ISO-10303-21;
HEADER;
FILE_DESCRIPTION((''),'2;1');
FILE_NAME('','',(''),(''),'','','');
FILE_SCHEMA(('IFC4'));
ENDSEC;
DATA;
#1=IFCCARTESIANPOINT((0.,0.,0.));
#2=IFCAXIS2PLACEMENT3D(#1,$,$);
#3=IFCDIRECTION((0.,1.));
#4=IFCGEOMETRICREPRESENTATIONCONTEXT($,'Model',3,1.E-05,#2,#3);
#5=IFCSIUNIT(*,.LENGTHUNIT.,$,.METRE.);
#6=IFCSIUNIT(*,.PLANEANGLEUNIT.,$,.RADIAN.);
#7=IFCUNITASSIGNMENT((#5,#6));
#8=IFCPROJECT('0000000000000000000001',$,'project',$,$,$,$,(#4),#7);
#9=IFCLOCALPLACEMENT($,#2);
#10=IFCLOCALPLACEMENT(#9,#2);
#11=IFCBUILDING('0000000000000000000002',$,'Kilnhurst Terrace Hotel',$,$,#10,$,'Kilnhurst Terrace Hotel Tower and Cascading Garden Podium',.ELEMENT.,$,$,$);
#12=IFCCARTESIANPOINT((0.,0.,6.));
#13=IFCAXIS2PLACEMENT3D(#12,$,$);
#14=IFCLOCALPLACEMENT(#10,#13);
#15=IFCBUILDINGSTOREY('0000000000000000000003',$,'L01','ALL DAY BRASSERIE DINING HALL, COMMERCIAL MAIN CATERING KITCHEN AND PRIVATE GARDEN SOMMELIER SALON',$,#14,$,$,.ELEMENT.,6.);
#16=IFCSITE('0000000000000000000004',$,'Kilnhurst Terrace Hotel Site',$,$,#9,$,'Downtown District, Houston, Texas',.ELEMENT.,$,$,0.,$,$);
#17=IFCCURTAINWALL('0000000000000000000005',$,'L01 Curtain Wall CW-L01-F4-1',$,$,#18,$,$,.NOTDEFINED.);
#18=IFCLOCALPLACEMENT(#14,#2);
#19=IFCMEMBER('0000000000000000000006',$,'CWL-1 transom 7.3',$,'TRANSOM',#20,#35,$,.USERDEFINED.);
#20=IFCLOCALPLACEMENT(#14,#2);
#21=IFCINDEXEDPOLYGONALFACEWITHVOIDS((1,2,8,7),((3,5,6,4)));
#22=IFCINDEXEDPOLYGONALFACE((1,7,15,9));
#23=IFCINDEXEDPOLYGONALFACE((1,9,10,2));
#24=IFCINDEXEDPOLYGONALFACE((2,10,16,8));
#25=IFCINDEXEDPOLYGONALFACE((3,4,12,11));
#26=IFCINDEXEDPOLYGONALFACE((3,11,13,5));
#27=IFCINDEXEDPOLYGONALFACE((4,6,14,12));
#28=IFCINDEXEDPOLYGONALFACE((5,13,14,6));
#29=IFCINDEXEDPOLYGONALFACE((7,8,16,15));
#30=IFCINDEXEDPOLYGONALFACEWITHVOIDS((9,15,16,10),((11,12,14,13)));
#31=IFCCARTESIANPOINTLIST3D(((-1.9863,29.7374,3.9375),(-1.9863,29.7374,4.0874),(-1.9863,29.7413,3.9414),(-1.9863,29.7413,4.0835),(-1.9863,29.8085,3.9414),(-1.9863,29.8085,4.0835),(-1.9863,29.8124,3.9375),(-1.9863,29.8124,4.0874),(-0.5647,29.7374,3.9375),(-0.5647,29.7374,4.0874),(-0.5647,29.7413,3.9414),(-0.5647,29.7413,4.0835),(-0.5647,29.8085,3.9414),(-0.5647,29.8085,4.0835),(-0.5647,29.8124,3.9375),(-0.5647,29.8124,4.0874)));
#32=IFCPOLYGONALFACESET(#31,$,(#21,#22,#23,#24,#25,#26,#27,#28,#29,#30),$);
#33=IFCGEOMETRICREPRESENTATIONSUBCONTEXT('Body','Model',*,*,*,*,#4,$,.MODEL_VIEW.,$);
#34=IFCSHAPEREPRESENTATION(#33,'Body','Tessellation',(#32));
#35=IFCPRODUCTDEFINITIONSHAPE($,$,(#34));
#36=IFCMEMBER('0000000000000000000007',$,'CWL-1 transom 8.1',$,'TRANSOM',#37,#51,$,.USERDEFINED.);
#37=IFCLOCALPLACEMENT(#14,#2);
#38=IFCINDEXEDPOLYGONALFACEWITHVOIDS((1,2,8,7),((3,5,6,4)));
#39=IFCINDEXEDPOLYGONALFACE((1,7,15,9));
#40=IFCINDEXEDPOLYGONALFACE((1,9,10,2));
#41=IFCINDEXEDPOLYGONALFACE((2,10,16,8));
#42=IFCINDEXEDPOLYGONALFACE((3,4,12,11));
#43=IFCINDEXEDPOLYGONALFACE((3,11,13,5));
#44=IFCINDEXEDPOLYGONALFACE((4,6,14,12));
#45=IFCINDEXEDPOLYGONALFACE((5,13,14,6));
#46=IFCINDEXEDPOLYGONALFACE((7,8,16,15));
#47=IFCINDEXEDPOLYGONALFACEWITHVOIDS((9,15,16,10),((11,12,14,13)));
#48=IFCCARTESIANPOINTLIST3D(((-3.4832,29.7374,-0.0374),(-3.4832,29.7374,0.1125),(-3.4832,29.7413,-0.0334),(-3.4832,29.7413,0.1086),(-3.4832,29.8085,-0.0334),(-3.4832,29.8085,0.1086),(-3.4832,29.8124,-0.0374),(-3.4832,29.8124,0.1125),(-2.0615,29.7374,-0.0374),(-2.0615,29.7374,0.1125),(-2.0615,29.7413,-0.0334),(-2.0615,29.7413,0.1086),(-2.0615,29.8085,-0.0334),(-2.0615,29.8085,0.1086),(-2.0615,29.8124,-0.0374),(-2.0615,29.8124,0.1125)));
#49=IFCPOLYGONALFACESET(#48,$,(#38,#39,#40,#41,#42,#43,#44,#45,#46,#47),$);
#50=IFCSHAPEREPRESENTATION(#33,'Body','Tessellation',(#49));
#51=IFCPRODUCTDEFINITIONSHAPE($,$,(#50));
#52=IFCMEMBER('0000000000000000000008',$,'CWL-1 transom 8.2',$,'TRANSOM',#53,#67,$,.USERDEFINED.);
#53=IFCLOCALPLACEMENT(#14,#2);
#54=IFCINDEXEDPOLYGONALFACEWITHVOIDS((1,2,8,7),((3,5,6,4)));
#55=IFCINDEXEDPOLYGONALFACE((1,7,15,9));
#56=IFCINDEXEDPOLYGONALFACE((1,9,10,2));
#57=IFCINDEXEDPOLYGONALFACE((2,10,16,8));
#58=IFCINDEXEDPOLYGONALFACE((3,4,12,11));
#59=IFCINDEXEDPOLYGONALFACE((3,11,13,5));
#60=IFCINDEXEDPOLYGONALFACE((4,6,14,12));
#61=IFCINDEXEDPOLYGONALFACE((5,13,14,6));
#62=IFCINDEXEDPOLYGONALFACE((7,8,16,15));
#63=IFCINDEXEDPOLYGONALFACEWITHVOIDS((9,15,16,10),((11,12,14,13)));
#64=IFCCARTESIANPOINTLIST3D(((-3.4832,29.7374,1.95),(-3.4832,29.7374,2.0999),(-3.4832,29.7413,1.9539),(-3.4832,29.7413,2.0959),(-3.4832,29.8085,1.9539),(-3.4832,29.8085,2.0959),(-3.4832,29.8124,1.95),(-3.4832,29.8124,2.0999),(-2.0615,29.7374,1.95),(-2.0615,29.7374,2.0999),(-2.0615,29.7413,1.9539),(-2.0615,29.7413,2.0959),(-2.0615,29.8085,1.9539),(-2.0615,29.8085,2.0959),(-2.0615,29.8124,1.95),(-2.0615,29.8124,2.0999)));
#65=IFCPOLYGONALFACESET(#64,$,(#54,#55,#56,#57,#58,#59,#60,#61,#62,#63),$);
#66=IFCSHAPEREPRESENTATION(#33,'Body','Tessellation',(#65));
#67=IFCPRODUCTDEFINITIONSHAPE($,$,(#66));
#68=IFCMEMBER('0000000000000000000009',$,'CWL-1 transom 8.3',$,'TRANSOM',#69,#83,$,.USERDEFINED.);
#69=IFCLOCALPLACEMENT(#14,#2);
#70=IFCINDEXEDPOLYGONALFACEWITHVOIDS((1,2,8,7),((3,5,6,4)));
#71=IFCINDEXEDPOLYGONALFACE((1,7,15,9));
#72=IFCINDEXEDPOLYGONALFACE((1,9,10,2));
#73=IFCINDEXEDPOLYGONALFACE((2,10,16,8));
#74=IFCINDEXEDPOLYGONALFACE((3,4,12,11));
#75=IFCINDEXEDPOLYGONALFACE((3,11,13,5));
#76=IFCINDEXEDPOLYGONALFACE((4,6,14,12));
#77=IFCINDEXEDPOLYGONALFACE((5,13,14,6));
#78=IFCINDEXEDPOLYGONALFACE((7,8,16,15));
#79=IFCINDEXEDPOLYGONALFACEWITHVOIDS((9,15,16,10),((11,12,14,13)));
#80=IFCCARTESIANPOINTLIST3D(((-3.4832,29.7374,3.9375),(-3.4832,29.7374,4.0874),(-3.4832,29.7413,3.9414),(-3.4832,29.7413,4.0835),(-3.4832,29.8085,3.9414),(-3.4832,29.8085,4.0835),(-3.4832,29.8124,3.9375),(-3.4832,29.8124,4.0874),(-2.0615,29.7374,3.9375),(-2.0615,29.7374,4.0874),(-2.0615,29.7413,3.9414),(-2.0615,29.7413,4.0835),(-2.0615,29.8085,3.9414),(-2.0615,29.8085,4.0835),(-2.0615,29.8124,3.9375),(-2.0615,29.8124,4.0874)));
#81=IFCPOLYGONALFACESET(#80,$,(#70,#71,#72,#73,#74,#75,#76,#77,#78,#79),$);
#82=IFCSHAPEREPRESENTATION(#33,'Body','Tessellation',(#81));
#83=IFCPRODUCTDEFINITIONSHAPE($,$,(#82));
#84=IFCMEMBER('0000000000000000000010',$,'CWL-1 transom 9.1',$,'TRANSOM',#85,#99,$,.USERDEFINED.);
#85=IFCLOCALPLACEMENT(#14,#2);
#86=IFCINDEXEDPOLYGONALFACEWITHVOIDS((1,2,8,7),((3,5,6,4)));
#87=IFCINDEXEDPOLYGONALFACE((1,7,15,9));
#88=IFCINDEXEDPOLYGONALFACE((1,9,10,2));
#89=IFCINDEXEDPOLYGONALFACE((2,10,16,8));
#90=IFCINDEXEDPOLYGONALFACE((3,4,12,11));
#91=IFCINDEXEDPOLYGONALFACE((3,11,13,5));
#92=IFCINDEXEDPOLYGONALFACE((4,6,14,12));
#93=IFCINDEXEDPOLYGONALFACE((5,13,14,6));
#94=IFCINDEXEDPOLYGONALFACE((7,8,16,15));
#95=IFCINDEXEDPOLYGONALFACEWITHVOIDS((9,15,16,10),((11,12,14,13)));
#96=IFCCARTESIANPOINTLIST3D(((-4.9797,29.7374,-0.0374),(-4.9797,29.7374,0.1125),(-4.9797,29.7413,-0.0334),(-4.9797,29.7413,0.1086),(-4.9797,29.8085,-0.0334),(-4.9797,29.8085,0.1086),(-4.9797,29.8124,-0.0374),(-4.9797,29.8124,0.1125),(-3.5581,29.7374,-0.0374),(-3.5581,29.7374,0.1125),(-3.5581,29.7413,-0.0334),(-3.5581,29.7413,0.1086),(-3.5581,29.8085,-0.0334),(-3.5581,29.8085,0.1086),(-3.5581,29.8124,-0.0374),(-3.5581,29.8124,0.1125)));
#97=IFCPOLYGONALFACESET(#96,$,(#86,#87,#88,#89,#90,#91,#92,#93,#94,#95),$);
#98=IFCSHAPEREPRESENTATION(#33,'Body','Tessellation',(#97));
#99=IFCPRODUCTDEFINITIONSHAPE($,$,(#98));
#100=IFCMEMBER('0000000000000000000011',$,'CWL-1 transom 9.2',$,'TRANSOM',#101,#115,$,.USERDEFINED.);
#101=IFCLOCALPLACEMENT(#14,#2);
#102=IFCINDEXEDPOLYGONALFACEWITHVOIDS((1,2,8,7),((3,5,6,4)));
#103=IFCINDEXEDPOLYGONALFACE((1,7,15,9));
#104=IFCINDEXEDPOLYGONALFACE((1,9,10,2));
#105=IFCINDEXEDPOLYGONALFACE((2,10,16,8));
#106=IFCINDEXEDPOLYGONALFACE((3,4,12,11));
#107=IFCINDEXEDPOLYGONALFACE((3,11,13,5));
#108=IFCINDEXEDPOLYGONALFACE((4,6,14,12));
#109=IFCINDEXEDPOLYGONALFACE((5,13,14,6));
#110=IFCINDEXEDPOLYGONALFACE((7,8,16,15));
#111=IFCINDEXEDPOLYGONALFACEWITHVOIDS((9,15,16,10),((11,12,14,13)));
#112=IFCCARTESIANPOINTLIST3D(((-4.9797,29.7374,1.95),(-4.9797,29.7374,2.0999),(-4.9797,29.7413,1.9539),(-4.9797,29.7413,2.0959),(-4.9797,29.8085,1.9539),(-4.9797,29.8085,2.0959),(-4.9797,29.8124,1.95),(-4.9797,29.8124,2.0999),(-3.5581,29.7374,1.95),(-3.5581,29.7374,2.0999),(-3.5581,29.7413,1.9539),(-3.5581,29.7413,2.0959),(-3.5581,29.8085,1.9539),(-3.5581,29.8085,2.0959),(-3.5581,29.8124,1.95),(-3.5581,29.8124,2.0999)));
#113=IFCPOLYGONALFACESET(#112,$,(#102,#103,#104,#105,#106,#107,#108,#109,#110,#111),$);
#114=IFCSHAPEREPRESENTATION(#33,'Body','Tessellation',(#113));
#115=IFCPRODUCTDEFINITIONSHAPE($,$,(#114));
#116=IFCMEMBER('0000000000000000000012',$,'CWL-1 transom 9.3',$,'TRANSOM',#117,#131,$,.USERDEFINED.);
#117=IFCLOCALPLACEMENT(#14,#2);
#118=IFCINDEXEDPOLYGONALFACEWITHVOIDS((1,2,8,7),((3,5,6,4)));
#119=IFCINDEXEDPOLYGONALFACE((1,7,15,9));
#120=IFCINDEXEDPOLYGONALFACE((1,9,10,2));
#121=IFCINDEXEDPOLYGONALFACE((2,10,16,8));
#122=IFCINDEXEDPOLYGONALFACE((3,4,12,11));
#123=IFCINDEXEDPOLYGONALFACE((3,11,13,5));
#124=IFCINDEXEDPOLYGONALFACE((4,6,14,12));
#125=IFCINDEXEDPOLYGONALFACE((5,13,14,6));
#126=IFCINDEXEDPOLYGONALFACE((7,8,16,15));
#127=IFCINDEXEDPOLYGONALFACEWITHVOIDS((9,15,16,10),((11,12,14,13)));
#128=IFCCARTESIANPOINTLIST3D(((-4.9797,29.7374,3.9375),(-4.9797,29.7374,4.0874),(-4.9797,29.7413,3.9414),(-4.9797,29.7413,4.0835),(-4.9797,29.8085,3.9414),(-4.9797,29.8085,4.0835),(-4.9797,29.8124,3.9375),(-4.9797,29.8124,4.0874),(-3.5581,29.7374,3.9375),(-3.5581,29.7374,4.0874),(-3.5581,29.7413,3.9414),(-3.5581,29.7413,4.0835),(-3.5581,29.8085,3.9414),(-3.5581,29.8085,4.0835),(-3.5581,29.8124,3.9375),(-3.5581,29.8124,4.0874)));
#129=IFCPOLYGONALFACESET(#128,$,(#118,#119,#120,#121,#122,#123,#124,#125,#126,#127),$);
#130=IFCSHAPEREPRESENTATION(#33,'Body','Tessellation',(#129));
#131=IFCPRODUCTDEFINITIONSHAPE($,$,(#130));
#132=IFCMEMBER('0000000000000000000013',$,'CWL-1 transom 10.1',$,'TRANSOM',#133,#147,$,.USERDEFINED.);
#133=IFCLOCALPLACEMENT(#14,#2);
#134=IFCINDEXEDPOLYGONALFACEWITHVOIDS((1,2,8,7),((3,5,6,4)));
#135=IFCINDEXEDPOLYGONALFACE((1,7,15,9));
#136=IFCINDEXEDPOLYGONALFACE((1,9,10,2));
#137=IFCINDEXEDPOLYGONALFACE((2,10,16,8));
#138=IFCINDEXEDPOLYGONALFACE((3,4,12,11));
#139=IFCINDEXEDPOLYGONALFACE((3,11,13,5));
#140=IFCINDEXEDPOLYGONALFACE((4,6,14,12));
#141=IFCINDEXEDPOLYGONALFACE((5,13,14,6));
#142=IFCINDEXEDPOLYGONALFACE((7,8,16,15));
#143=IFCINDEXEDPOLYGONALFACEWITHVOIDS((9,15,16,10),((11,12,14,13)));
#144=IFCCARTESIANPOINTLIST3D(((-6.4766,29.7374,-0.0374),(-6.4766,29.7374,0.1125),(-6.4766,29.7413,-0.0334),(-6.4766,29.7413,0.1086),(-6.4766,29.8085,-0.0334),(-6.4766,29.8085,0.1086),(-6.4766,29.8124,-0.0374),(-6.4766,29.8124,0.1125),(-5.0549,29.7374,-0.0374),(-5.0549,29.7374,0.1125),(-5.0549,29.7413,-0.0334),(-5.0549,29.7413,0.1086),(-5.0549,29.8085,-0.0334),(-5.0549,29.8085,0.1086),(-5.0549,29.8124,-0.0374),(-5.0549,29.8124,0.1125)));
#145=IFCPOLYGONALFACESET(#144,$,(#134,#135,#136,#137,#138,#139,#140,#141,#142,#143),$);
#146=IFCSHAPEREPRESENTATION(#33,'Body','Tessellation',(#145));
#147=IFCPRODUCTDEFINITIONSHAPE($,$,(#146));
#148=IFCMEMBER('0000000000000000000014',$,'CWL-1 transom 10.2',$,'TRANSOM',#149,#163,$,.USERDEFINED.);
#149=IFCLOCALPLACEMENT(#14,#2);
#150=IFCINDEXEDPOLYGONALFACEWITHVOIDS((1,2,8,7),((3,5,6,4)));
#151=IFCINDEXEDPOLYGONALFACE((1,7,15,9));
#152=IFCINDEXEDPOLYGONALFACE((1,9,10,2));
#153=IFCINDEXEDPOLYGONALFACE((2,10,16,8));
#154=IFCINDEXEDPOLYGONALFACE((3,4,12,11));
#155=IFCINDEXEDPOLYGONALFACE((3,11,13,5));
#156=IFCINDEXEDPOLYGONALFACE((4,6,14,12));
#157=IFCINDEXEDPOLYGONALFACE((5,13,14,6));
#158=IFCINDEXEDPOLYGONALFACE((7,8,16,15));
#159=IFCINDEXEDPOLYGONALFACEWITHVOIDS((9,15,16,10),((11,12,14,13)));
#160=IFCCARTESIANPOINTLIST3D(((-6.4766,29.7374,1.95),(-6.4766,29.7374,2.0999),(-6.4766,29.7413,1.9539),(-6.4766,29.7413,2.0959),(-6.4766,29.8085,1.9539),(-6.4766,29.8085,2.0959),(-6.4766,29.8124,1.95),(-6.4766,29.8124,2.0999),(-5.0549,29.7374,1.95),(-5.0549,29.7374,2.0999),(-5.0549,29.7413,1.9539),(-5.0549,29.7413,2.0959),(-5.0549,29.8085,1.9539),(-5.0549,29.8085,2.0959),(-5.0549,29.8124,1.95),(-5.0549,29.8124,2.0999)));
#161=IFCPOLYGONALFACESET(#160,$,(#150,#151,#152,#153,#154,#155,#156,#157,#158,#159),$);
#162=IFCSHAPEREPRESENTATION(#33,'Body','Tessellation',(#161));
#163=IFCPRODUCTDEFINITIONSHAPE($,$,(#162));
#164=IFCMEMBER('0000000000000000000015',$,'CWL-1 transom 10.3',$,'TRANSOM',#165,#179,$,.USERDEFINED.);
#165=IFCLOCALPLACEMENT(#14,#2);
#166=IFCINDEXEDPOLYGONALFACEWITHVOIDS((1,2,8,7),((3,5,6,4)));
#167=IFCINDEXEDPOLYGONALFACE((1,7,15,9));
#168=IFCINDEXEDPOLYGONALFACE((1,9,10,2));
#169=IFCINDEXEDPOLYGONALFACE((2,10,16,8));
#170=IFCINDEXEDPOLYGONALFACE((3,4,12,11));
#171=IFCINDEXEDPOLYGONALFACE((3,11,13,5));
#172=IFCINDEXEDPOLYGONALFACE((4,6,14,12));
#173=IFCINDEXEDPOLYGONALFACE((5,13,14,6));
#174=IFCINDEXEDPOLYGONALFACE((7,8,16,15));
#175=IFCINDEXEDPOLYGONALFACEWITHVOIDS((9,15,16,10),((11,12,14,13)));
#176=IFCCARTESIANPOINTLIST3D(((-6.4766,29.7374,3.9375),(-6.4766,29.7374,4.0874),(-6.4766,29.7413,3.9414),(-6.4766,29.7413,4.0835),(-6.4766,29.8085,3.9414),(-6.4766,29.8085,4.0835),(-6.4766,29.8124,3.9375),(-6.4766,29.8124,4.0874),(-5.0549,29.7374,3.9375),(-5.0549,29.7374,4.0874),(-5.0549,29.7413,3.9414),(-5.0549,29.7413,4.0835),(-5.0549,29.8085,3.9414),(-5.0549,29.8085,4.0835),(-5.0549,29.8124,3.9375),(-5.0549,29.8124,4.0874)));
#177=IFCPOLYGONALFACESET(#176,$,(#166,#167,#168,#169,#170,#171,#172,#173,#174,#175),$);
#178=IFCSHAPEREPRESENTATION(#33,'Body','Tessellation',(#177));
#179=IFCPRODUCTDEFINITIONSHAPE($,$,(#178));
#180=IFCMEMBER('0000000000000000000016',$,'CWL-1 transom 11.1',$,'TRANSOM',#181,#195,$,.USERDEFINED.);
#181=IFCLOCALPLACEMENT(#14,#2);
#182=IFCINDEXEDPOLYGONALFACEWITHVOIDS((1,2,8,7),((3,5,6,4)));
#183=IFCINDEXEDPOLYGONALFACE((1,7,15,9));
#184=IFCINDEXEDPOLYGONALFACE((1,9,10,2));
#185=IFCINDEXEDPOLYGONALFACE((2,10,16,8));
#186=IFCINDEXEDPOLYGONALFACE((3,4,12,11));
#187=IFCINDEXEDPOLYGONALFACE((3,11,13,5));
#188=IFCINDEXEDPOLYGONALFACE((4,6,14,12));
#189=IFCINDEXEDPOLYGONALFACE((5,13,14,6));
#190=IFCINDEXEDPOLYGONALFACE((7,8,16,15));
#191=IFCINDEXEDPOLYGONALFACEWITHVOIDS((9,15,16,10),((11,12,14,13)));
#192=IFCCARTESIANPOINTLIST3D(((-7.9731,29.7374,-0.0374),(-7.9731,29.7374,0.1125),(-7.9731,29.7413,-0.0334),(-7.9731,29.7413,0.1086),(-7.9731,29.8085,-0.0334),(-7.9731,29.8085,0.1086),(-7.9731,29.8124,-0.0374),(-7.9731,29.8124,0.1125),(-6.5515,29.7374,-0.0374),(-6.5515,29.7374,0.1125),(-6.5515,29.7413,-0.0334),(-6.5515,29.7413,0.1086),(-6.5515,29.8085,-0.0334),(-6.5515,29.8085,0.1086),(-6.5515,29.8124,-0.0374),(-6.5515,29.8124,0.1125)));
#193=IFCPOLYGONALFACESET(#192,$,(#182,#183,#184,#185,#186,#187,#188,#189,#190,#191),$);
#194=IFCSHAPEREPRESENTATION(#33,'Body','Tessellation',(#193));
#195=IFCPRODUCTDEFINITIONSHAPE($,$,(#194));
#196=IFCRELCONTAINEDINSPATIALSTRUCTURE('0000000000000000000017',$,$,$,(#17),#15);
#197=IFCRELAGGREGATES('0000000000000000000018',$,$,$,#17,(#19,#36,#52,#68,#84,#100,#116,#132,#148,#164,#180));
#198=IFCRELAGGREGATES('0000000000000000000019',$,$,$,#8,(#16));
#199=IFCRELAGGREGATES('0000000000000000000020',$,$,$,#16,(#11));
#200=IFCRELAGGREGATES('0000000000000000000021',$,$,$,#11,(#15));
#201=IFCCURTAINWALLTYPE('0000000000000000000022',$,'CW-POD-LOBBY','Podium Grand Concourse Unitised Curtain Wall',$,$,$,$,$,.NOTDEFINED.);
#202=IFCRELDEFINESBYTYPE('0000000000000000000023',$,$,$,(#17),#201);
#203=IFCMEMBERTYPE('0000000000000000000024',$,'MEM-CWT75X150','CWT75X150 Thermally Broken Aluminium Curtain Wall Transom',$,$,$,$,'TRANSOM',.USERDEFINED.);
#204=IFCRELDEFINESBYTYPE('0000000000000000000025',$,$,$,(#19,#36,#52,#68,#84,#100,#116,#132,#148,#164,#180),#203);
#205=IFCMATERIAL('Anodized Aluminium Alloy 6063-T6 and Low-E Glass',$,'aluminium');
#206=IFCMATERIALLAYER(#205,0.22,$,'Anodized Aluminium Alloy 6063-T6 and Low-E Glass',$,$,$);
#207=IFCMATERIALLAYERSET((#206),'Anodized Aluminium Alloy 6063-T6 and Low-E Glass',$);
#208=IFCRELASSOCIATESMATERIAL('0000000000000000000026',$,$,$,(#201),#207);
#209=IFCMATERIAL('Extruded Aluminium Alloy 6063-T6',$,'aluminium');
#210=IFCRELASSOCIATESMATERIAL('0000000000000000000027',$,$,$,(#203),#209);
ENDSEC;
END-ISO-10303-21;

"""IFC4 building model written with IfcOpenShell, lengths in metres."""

from ifc_helpers import new_model, si_unit, direction, frame, origin, origin_2d, place, context, subcontext, project, spatial, hollow_rectangle, extrude, material, layer, layer_set, material_profile, profile_set, type_object, element, aggregate, save


model = new_model("IFC4")

# Units and contexts
model_context = context("Model", 3, precision=1e-05, world=origin(), true_north=direction((0.0, 1.0)))
body_context = subcontext(model_context, "Body", "Model", "MODEL_VIEW")
ifc_project = project(units=[si_unit("LENGTHUNIT", "METRE"), si_unit("PLANEANGLEUNIT", "RADIAN")], contexts=[model_context])

# Site, building, storey
site_placement = place(None, origin())
site = spatial("IfcSite", under=ifc_project, at=site_placement, Name="Kilnhurst Terrace Hotel Site", LongName="Downtown District, Houston, Texas", CompositionType="ELEMENT", RefElevation=0.0)
building_placement = place(site_placement, origin())
building = spatial("IfcBuilding", under=site, at=building_placement, Name="Kilnhurst Terrace Hotel", LongName="Kilnhurst Terrace Hotel Tower and Cascading Garden Podium", CompositionType="ELEMENT")
storey_placement = place(building_placement, frame((0.0, 0.0, 6.0)))
storey = spatial("IfcBuildingStorey", under=building, at=storey_placement, Name="L01", Description="ALL DAY BRASSERIE DINING HALL, COMMERCIAL MAIN CATERING KITCHEN AND PRIVATE GARDEN SOMMELIER SALON", CompositionType="ELEMENT", Elevation=6.0)

# Curtain wall, members
ifc_material_1 = material(Name="Anodized Aluminium Alloy 6063-T6 and Low-E Glass", Category="aluminium")
ifc_layer_1 = layer(ifc_material_1, 0.22, Name="Anodized Aluminium Alloy 6063-T6 and Low-E Glass")
ifc_layer_set_1 = layer_set([ifc_layer_1], Name="Anodized Aluminium Alloy 6063-T6 and Low-E Glass")
curtain_wall_type = type_object("IfcCurtainWallType", Name="CW-POD-LOBBY", Description="Podium Grand Concourse Unitised Curtain Wall", PredefinedType="NOTDEFINED", material=ifc_layer_set_1)
curtain_wall_placement = place(storey_placement, origin())
curtain_wall = element("IfcCurtainWall", 1, at=curtain_wall_placement, inside=storey, type_object=curtain_wall_type, Name="L01 Curtain Wall CW-L01-F4-1", PredefinedType="NOTDEFINED")
ifc_material_2 = material(Name="Extruded Aluminium Alloy 6063-T6", Category="aluminium")
ifc_material_profile_1 = material_profile(ifc_material_2, hollow_rectangle(XDim=0.075, YDim=0.1499, WallThickness=0.0039, at=origin_2d()), Name="CWT75X150")
ifc_profile_set_1 = profile_set([ifc_material_profile_1], Name="Extruded Aluminium Alloy 6063-T6")
member_type_1 = type_object("IfcMemberType", Name="MEM-CWT75X150", Description="CWT75X150 Thermally Broken Aluminium Curtain Wall Transom", ElementType="TRANSOM", PredefinedType="USERDEFINED", material=ifc_profile_set_1)
member_1_placement = place(storey_placement, frame((-0.5647, 29.7749, 4.0125), z_axis=(-1.0, 0.0, 0.0), x_axis=(0.0, -1.0, 0.0)))
member_1 = element("IfcMember", 2, at=member_1_placement, type_object=member_type_1, Name="CWL-1 transom 7.3", ObjectType="TRANSOM", PredefinedType="USERDEFINED", context=body_context, shape_type="SweptSolid", body=[
    extrude(hollow_rectangle(XDim=0.075, YDim=0.1499, WallThickness=0.0039, at=origin_2d()), origin(), (0.0, 0.0, 1.0), 1.4216),
])
member_2_placement = place(storey_placement, frame((-2.0615, 29.7749, 0.0376), z_axis=(-1.0, 0.0, 0.0), x_axis=(0.0, -1.0, 0.0)))
member_2 = element("IfcMember", 3, at=member_2_placement, type_object=member_type_1, Name="CWL-1 transom 8.1", ObjectType="TRANSOM", PredefinedType="USERDEFINED", context=body_context, shape_type="SweptSolid", body=[
    extrude(hollow_rectangle(XDim=0.075, YDim=0.1499, WallThickness=0.0039, at=origin_2d()), origin(), (0.0, 0.0, 1.0), 1.4216),
])
member_3_placement = place(storey_placement, frame((-2.0615, 29.7749, 2.0249), z_axis=(-1.0, 0.0, 0.0), x_axis=(0.0, -1.0, 0.0)))
member_3 = element("IfcMember", 4, at=member_3_placement, type_object=member_type_1, Name="CWL-1 transom 8.2", ObjectType="TRANSOM", PredefinedType="USERDEFINED", context=body_context, shape_type="SweptSolid", body=[
    extrude(hollow_rectangle(XDim=0.075, YDim=0.1499, WallThickness=0.0039, at=origin_2d()), origin(), (0.0, 0.0, 1.0), 1.4216),
])
member_4_placement = place(storey_placement, frame((-2.0615, 29.7749, 4.0125), z_axis=(-1.0, 0.0, 0.0), x_axis=(0.0, -1.0, 0.0)))
member_4 = element("IfcMember", 5, at=member_4_placement, type_object=member_type_1, Name="CWL-1 transom 8.3", ObjectType="TRANSOM", PredefinedType="USERDEFINED", context=body_context, shape_type="SweptSolid", body=[
    extrude(hollow_rectangle(XDim=0.075, YDim=0.1499, WallThickness=0.0039, at=origin_2d()), origin(), (0.0, 0.0, 1.0), 1.4216),
])
member_5_placement = place(storey_placement, frame((-3.5581, 29.7749, 0.0376), z_axis=(-1.0, 0.0, 0.0), x_axis=(0.0, -1.0, 0.0)))
member_5 = element("IfcMember", 6, at=member_5_placement, type_object=member_type_1, Name="CWL-1 transom 9.1", ObjectType="TRANSOM", PredefinedType="USERDEFINED", context=body_context, shape_type="SweptSolid", body=[
    extrude(hollow_rectangle(XDim=0.075, YDim=0.1499, WallThickness=0.0039, at=origin_2d()), origin(), (0.0, 0.0, 1.0), 1.4216),
])
member_6_placement = place(storey_placement, frame((-3.5581, 29.7749, 2.0249), z_axis=(-1.0, 0.0, 0.0), x_axis=(0.0, -1.0, 0.0)))
member_6 = element("IfcMember", 7, at=member_6_placement, type_object=member_type_1, Name="CWL-1 transom 9.2", ObjectType="TRANSOM", PredefinedType="USERDEFINED", context=body_context, shape_type="SweptSolid", body=[
    extrude(hollow_rectangle(XDim=0.075, YDim=0.1499, WallThickness=0.0039, at=origin_2d()), origin(), (0.0, 0.0, 1.0), 1.4216),
])
member_7_placement = place(storey_placement, frame((-3.5581, 29.7749, 4.0125), z_axis=(-1.0, 0.0, 0.0), x_axis=(0.0, -1.0, 0.0)))
member_7 = element("IfcMember", 8, at=member_7_placement, type_object=member_type_1, Name="CWL-1 transom 9.3", ObjectType="TRANSOM", PredefinedType="USERDEFINED", context=body_context, shape_type="SweptSolid", body=[
    extrude(hollow_rectangle(XDim=0.075, YDim=0.1499, WallThickness=0.0039, at=origin_2d()), origin(), (0.0, 0.0, 1.0), 1.4216),
])
member_8_placement = place(storey_placement, frame((-5.0549, 29.7749, 0.0376), z_axis=(-1.0, 0.0, 0.0), x_axis=(0.0, -1.0, 0.0)))
member_8 = element("IfcMember", 9, at=member_8_placement, type_object=member_type_1, Name="CWL-1 transom 10.1", ObjectType="TRANSOM", PredefinedType="USERDEFINED", context=body_context, shape_type="SweptSolid", body=[
    extrude(hollow_rectangle(XDim=0.075, YDim=0.1499, WallThickness=0.0039, at=origin_2d()), origin(), (0.0, 0.0, 1.0), 1.4216),
])
member_9_placement = place(storey_placement, frame((-5.0549, 29.7749, 2.0249), z_axis=(-1.0, 0.0, 0.0), x_axis=(0.0, -1.0, 0.0)))
member_9 = element("IfcMember", 10, at=member_9_placement, type_object=member_type_1, Name="CWL-1 transom 10.2", ObjectType="TRANSOM", PredefinedType="USERDEFINED", context=body_context, shape_type="SweptSolid", body=[
    extrude(hollow_rectangle(XDim=0.075, YDim=0.1499, WallThickness=0.0039, at=origin_2d()), origin(), (0.0, 0.0, 1.0), 1.4216),
])
member_10_placement = place(storey_placement, frame((-5.0549, 29.7749, 4.0125), z_axis=(-1.0, 0.0, 0.0), x_axis=(0.0, -1.0, 0.0)))
member_10 = element("IfcMember", 11, at=member_10_placement, type_object=member_type_1, Name="CWL-1 transom 10.3", ObjectType="TRANSOM", PredefinedType="USERDEFINED", context=body_context, shape_type="SweptSolid", body=[
    extrude(hollow_rectangle(XDim=0.075, YDim=0.1499, WallThickness=0.0039, at=origin_2d()), origin(), (0.0, 0.0, 1.0), 1.4216),
])
member_11_placement = place(storey_placement, frame((-6.5515, 29.7749, 0.0376), z_axis=(-1.0, 0.0, 0.0), x_axis=(0.0, -1.0, 0.0)))
member_11 = element("IfcMember", 12, at=member_11_placement, type_object=member_type_1, Name="CWL-1 transom 11.1", ObjectType="TRANSOM", PredefinedType="USERDEFINED", context=body_context, shape_type="SweptSolid", body=[
    extrude(hollow_rectangle(XDim=0.075, YDim=0.1499, WallThickness=0.0039, at=origin_2d()), origin(), (0.0, 0.0, 1.0), 1.4216),
])
aggregate(curtain_wall, [member_1, member_2, member_3, member_4, member_5, member_6, member_7, member_8, member_9, member_10, member_11])

save(model, "model.ifc")
